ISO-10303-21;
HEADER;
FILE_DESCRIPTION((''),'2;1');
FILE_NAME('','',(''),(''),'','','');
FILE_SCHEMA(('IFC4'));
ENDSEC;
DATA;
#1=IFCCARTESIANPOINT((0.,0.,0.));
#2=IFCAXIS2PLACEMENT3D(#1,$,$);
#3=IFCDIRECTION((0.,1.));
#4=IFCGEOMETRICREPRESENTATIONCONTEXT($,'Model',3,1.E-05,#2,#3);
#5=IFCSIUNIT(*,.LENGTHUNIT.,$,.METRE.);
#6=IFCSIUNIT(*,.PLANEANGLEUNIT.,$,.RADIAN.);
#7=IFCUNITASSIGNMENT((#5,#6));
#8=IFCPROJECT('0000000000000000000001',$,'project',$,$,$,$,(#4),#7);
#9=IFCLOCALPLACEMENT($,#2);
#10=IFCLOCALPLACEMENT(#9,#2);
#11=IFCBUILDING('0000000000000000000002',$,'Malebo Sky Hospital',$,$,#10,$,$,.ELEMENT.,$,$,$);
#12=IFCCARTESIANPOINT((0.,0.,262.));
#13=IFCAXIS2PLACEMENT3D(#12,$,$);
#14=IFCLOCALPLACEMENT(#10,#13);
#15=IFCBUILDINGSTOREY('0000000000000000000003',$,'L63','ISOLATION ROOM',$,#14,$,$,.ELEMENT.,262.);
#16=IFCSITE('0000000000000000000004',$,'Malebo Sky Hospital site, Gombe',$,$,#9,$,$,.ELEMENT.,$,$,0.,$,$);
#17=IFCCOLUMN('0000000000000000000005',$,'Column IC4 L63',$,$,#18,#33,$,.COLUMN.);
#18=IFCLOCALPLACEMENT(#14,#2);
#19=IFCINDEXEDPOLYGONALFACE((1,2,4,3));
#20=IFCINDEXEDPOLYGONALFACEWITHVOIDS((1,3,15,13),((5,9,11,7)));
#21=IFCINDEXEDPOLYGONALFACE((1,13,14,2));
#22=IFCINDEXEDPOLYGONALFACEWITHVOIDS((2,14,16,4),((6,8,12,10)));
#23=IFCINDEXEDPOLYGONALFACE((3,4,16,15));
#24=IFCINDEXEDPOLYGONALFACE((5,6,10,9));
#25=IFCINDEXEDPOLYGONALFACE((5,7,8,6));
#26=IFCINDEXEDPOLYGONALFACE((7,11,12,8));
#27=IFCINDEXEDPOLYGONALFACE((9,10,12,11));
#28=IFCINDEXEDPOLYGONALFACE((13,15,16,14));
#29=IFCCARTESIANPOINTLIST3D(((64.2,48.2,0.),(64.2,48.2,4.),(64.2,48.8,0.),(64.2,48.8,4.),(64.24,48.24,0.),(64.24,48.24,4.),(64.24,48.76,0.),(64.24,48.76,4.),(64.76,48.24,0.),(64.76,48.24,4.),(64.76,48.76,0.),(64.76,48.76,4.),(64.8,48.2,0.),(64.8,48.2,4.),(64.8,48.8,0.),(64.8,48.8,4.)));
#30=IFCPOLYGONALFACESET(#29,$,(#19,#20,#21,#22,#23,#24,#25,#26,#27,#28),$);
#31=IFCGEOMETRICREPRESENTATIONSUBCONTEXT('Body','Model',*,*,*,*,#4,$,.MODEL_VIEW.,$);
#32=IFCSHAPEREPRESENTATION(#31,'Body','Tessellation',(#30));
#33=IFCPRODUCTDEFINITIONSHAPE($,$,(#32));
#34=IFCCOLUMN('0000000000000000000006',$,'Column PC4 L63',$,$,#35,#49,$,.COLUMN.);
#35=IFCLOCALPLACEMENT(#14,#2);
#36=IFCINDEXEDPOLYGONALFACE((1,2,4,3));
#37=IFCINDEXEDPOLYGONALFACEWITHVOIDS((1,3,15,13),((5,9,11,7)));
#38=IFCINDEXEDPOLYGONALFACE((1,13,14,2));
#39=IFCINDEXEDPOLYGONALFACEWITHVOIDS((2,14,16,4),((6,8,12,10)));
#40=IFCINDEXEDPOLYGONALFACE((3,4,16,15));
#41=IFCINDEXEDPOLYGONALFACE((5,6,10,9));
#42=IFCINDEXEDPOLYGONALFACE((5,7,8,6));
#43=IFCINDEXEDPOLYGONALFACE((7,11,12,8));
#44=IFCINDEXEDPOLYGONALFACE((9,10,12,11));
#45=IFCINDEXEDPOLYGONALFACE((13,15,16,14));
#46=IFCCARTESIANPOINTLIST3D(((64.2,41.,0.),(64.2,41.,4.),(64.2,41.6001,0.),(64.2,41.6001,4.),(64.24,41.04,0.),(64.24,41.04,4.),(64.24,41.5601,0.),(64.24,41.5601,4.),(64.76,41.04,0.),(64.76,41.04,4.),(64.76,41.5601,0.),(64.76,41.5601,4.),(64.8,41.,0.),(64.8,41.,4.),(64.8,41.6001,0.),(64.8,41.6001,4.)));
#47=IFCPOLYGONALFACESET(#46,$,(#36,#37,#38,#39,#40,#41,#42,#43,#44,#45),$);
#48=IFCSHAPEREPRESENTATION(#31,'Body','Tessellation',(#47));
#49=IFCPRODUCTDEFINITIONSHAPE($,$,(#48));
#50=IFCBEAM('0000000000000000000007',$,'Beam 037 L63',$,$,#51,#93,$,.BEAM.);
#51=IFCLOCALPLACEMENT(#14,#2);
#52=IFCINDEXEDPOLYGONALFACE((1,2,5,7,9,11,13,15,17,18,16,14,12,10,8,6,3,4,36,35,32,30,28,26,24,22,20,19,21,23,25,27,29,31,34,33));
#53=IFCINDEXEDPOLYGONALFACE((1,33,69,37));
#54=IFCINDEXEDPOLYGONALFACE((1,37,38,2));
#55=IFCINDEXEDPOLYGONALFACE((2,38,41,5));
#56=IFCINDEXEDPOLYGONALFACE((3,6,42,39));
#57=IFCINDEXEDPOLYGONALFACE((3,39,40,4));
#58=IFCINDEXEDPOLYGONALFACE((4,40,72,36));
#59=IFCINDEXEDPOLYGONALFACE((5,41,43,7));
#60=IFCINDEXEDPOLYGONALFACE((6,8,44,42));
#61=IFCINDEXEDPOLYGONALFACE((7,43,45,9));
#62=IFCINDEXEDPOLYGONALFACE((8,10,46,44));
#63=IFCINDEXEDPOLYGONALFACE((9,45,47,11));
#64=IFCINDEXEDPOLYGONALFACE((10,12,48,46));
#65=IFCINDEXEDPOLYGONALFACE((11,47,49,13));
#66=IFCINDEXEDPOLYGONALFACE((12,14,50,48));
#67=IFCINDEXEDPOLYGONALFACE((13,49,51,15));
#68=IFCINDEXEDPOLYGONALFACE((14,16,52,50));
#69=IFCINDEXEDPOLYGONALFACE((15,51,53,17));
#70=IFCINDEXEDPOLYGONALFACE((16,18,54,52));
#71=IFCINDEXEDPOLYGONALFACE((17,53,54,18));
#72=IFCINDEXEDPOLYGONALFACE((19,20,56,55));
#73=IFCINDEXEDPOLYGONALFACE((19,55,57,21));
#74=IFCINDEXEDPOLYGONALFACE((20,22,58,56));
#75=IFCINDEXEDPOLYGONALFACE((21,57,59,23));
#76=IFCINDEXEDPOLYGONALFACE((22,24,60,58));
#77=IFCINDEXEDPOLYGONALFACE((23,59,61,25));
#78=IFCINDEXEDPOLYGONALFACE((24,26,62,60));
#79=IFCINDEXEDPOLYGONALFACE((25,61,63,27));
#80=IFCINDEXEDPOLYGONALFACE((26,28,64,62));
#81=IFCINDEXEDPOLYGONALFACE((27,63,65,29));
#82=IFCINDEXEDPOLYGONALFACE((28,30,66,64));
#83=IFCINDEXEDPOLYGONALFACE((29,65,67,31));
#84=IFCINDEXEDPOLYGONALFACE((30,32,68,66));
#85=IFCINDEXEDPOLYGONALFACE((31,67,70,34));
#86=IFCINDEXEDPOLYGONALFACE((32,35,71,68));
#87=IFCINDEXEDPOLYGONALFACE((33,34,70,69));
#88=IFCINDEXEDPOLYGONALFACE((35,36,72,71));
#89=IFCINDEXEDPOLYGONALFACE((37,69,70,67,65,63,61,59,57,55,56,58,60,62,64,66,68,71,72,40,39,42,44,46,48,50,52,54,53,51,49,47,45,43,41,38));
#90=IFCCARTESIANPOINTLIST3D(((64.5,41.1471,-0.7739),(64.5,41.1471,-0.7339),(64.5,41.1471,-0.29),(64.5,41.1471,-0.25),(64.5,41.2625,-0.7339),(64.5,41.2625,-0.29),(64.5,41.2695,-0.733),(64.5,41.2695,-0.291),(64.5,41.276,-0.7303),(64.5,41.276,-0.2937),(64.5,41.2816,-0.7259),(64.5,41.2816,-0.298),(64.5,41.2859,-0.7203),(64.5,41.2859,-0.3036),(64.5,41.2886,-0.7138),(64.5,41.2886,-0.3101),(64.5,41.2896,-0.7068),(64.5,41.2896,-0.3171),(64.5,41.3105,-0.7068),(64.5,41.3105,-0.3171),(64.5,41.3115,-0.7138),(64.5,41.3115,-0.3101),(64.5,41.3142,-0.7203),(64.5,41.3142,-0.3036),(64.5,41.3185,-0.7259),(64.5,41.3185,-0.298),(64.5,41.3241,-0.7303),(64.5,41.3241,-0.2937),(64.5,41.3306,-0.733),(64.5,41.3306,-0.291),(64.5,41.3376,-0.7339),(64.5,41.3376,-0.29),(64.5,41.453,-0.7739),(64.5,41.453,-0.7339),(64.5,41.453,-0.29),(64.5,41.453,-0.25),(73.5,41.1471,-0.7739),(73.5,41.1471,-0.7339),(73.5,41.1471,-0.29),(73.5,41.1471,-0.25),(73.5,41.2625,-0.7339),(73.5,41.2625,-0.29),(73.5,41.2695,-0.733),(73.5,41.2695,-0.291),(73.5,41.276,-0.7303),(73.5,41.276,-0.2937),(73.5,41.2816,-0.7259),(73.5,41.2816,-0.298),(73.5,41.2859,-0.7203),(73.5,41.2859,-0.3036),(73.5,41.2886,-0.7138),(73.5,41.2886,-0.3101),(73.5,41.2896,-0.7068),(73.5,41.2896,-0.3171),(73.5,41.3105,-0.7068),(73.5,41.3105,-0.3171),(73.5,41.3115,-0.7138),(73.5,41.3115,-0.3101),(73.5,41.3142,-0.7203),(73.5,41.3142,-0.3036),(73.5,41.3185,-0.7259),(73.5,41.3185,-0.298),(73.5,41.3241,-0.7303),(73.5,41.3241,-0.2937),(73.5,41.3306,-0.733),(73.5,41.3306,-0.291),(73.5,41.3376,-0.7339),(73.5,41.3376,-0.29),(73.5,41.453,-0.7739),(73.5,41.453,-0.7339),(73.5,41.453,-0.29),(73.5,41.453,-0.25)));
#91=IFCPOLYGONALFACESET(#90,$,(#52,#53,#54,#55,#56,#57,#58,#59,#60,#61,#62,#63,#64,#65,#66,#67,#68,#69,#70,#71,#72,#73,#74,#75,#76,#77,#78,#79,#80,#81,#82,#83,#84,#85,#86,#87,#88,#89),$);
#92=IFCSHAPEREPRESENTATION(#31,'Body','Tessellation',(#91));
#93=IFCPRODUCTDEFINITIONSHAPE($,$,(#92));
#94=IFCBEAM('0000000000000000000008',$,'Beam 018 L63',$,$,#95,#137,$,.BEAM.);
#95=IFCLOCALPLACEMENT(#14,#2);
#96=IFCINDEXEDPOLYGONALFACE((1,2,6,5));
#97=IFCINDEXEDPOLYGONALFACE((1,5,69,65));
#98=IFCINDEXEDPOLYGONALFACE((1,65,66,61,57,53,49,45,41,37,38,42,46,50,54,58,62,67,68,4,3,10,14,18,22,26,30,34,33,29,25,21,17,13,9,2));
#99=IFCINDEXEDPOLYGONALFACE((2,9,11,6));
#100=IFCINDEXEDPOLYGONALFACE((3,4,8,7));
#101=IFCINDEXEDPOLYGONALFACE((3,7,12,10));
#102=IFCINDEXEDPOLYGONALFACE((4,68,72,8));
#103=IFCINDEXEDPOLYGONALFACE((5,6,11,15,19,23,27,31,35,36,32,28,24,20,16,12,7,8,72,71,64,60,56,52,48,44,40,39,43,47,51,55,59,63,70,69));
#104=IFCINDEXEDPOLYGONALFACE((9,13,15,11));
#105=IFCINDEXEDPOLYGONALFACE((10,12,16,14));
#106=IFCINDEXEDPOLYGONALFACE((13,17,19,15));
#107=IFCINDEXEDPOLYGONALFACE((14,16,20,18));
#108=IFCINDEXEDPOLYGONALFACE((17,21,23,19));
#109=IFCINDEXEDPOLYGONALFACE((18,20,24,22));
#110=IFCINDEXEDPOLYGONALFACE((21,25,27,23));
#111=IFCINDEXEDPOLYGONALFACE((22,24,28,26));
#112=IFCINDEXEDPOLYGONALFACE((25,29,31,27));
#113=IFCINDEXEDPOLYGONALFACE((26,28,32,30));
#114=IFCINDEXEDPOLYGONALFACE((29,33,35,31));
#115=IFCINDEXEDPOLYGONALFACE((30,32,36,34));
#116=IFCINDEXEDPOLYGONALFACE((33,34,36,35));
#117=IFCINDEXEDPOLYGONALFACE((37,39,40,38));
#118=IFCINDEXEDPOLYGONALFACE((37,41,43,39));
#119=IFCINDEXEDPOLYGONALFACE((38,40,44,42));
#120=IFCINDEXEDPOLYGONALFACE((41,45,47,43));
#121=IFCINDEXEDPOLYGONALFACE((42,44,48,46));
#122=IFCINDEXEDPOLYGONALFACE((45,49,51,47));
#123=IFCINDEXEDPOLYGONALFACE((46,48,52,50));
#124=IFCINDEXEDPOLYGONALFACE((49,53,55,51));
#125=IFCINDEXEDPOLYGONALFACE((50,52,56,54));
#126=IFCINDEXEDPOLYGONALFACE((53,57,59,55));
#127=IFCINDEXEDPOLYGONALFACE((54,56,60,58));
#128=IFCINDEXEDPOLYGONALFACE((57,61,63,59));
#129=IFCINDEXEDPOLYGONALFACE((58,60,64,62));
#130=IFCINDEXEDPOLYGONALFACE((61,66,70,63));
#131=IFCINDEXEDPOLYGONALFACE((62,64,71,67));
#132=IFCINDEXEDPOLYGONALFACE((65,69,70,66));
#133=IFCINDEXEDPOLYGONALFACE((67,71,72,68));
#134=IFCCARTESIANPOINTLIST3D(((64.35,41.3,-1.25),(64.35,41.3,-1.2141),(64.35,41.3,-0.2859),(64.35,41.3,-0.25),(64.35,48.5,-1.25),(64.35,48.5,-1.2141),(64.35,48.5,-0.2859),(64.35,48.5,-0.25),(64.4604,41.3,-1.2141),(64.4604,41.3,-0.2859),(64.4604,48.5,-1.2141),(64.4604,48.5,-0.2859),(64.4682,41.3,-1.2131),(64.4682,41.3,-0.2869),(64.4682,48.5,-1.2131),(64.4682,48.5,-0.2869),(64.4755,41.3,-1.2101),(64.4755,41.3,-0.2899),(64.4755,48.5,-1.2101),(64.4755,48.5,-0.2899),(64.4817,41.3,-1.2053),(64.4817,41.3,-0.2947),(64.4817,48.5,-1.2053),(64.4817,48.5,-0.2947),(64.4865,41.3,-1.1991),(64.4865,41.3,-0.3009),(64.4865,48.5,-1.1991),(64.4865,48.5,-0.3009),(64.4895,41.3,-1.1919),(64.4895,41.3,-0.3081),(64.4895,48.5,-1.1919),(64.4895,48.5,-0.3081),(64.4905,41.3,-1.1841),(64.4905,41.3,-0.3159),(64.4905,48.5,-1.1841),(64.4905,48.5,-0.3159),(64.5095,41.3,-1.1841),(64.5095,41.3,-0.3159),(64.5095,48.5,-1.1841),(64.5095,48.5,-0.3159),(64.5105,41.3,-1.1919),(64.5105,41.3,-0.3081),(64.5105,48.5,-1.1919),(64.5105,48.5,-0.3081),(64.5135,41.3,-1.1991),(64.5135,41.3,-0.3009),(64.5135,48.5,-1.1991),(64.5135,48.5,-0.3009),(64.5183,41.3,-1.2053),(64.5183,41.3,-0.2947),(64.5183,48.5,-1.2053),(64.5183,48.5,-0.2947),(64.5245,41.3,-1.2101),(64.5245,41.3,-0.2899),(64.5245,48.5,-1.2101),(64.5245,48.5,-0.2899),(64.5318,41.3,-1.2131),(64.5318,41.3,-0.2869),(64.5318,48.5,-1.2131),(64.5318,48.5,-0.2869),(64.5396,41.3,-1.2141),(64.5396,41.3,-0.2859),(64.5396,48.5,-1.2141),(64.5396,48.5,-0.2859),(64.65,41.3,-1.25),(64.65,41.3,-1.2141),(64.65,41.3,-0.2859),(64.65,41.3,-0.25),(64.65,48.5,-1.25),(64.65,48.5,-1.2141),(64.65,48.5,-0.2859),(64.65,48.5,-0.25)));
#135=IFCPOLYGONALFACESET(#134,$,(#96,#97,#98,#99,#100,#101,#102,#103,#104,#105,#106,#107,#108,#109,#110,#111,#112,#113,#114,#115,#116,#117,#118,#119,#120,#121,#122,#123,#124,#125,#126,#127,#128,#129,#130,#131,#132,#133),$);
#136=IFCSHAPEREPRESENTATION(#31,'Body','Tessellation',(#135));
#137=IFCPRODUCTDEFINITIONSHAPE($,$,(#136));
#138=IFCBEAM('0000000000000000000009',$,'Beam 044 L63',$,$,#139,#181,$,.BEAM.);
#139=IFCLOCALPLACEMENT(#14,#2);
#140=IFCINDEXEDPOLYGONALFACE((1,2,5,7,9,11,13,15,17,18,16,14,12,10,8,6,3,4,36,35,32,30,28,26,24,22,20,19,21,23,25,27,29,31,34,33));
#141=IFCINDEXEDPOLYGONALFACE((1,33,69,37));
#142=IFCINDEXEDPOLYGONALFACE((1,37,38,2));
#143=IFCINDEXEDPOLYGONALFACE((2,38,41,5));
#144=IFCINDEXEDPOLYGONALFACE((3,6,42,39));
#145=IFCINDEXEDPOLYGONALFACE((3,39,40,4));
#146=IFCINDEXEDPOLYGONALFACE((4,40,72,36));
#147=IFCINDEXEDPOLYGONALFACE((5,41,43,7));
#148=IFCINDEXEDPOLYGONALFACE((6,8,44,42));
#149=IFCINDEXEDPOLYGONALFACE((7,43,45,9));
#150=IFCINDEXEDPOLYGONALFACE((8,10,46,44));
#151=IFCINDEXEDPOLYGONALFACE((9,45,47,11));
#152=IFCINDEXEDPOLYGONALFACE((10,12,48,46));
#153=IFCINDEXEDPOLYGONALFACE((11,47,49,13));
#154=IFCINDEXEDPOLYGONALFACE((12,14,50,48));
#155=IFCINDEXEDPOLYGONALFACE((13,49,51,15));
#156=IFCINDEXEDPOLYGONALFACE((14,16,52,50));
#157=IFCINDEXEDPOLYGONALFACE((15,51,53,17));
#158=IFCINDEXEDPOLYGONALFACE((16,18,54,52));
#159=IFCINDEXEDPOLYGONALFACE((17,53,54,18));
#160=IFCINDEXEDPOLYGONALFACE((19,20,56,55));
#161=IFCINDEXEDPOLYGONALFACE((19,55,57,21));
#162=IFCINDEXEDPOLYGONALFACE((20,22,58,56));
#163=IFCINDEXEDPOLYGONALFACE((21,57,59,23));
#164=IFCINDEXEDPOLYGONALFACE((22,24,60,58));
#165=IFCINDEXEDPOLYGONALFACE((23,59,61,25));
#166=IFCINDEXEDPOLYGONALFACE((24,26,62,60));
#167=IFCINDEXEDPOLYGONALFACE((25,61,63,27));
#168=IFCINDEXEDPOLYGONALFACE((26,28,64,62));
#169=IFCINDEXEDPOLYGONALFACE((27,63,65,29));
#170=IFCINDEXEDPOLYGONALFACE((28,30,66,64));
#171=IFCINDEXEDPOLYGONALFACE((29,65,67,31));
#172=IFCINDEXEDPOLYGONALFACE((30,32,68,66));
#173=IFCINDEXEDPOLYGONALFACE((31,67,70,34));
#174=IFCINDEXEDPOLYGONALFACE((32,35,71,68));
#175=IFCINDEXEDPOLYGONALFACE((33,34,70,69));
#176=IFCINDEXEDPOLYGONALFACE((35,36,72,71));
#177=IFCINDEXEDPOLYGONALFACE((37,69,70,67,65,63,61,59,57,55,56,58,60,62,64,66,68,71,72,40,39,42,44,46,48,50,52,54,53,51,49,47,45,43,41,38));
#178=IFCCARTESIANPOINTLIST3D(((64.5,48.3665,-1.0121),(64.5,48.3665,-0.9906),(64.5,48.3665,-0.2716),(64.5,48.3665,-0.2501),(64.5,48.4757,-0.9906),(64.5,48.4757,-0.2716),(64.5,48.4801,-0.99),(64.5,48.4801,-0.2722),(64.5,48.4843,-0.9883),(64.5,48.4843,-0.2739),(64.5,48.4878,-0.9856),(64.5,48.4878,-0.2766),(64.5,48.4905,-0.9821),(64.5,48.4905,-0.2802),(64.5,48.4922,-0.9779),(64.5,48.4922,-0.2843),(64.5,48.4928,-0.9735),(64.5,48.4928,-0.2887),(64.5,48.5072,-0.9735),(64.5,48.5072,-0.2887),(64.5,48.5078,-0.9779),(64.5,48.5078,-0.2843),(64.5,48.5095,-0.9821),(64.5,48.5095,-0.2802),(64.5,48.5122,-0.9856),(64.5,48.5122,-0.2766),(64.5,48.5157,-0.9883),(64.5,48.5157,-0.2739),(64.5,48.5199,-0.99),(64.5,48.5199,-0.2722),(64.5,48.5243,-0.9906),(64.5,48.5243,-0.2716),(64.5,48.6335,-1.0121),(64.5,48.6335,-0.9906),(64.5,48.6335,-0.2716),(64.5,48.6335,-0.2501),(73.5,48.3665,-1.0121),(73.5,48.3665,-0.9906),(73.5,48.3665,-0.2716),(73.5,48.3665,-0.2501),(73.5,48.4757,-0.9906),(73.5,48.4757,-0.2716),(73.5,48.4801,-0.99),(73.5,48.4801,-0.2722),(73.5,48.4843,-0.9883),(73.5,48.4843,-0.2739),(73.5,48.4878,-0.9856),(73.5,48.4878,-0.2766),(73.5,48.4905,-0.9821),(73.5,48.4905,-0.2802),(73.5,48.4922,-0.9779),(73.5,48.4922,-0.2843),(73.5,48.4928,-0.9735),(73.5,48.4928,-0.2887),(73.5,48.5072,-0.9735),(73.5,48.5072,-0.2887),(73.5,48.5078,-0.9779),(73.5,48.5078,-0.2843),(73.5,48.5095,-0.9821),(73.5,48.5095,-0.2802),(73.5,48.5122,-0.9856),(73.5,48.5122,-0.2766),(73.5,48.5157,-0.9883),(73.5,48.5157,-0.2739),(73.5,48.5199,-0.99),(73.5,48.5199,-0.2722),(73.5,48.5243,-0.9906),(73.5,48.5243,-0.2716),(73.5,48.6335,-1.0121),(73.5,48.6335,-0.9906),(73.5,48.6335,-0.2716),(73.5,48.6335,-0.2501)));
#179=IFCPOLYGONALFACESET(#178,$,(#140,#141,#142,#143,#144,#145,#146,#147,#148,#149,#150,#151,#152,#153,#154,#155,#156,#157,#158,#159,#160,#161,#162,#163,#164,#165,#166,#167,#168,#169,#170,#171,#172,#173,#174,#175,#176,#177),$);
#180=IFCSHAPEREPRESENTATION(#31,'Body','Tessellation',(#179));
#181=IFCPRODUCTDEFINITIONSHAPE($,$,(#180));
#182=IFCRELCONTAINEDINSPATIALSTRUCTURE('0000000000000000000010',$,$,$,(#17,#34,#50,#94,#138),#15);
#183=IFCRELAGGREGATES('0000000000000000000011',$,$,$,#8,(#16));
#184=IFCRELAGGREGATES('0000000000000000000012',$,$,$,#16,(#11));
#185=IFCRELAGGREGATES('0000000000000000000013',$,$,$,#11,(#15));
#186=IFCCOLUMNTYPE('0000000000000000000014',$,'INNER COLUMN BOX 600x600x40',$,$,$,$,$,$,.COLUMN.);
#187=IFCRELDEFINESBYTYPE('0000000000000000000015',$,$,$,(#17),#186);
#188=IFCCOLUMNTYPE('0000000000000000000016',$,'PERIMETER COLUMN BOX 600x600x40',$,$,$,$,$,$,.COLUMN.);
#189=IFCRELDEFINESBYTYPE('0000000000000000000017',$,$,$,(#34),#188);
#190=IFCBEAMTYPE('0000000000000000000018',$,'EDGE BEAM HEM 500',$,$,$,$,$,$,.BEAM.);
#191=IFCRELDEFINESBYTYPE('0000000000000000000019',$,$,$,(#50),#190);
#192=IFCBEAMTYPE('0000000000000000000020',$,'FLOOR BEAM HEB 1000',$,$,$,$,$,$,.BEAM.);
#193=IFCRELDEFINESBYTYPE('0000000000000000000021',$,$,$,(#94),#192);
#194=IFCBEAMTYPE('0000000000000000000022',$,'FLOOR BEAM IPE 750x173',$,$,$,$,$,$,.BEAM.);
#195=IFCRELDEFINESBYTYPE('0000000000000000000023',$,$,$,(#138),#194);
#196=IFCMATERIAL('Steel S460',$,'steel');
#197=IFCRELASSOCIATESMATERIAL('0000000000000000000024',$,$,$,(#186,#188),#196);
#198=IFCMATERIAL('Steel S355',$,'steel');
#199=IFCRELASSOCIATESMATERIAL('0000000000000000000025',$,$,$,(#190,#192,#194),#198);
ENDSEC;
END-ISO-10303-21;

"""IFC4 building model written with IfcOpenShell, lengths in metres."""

from ifc_helpers import new_model, si_unit, direction, frame, origin, origin_2d, place, context, subcontext, project, spatial, hollow_rectangle, i_section, extrude, material, material_profile, profile_set, type_object, element, save


model = new_model("IFC4")

# Units and contexts
model_context = context("Model", 3, precision=1e-05, world=origin(), true_north=direction((0.0, 1.0)))
body_context = subcontext(model_context, "Body", "Model", "MODEL_VIEW")
ifc_project = project(units=[si_unit("LENGTHUNIT", "METRE"), si_unit("PLANEANGLEUNIT", "RADIAN")], contexts=[model_context])

# Site, building, storey
site_placement = place(None, origin())
site = spatial("IfcSite", under=ifc_project, at=site_placement, Name="Malebo Sky Hospital site, Gombe", CompositionType="ELEMENT", RefElevation=0.0)
building_placement = place(site_placement, origin())
building = spatial("IfcBuilding", under=site, at=building_placement, Name="Malebo Sky Hospital", CompositionType="ELEMENT")
storey_placement = place(building_placement, frame((0.0, 0.0, 262.0)))
storey = spatial("IfcBuildingStorey", under=building, at=storey_placement, Name="L63", Description="ISOLATION ROOM", CompositionType="ELEMENT", Elevation=262.0)

# Columns
ifc_material_1 = material(Name="Steel S460", Category="steel")
ifc_material_profile_1 = material_profile(ifc_material_1, hollow_rectangle(XDim=0.6001, YDim=0.6001, WallThickness=0.04, at=origin_2d()), Name="BOX 600x600x40")
ifc_profile_set_1 = profile_set([ifc_material_profile_1], Name="Steel S460")
column_type_1 = type_object("IfcColumnType", Name="INNER COLUMN BOX 600x600x40", PredefinedType="COLUMN", material=ifc_profile_set_1)
column_1_placement = place(storey_placement, frame((64.5, 48.5, 0.0), z_axis=(0.0, 0.0, 1.0), x_axis=(1.0, 0.0, 0.0)))
element("IfcColumn", 1, at=column_1_placement, inside=storey, type_object=column_type_1, Name="Column IC4 L63", PredefinedType="COLUMN", context=body_context, shape_type="SweptSolid", body=[
    extrude(hollow_rectangle(XDim=0.6001, YDim=0.6001, WallThickness=0.04, at=origin_2d()), origin(), (0.0, 0.0, 1.0), 4.0),
])
ifc_material_profile_2 = material_profile(ifc_material_1, hollow_rectangle(XDim=0.6001, YDim=0.6001, WallThickness=0.04, at=origin_2d()), Name="BOX 600x600x40")
ifc_profile_set_2 = profile_set([ifc_material_profile_2], Name="Steel S460")
column_type_2 = type_object("IfcColumnType", Name="PERIMETER COLUMN BOX 600x600x40", PredefinedType="COLUMN", material=ifc_profile_set_2)
column_2_placement = place(storey_placement, frame((64.5, 41.3, 0.0), z_axis=(0.0, 0.0, 1.0), x_axis=(1.0, 0.0, 0.0)))
element("IfcColumn", 2, at=column_2_placement, inside=storey, type_object=column_type_2, Name="Column PC4 L63", PredefinedType="COLUMN", context=body_context, shape_type="SweptSolid", body=[
    extrude(hollow_rectangle(XDim=0.6001, YDim=0.6001, WallThickness=0.04, at=origin_2d()), origin(), (0.0, 0.0, 1.0), 4.0),
])

# Beams
ifc_material_2 = material(Name="Steel S355", Category="steel")
ifc_material_profile_3 = material_profile(ifc_material_2, i_section(OverallWidth=0.3059, OverallDepth=0.5239, WebThickness=0.021, FlangeThickness=0.04, FilletRadius=0.0271, at=origin_2d()), Name="HEM 500")
ifc_profile_set_3 = profile_set([ifc_material_profile_3], Name="Steel S355")
beam_type_1 = type_object("IfcBeamType", Name="EDGE BEAM HEM 500", PredefinedType="BEAM", material=ifc_profile_set_3)
beam_1_placement = place(storey_placement, frame((64.5, 41.3, -0.512), z_axis=(1.0, 0.0, 0.0), x_axis=(0.0, 1.0, 0.0)))
element("IfcBeam", 3, at=beam_1_placement, inside=storey, type_object=beam_type_1, Name="Beam 037 L63", PredefinedType="BEAM", context=body_context, shape_type="SweptSolid", body=[
    extrude(i_section(OverallWidth=0.3059, OverallDepth=0.5239, WebThickness=0.021, FlangeThickness=0.04, FilletRadius=0.0271, at=origin_2d()), origin(), (0.0, 0.0, 1.0), 9.0),
])
ifc_material_profile_4 = material_profile(ifc_material_2, i_section(OverallWidth=0.3, OverallDepth=1.0, WebThickness=0.019, FlangeThickness=0.0359, FilletRadius=0.03, at=origin_2d()), Name="HEB 1000")
ifc_profile_set_4 = profile_set([ifc_material_profile_4], Name="Steel S355")
beam_type_2 = type_object("IfcBeamType", Name="FLOOR BEAM HEB 1000", PredefinedType="BEAM", material=ifc_profile_set_4)
beam_2_placement = place(storey_placement, frame((64.5, 41.3, -0.75), z_axis=(0.0, 1.0, 0.0), x_axis=(-1.0, 0.0, 0.0)))
element("IfcBeam", 4, at=beam_2_placement, inside=storey, type_object=beam_type_2, Name="Beam 018 L63", PredefinedType="BEAM", context=body_context, shape_type="SweptSolid", body=[
    extrude(i_section(OverallWidth=0.3, OverallDepth=1.0, WebThickness=0.019, FlangeThickness=0.0359, FilletRadius=0.03, at=origin_2d()), origin(), (0.0, 0.0, 1.0), 7.2),
])
ifc_material_profile_5 = material_profile(ifc_material_2, i_section(OverallWidth=0.2671, OverallDepth=0.762, WebThickness=0.0144, FlangeThickness=0.0215, FilletRadius=0.0171, at=origin_2d()), Name="IPE 750x173")
ifc_profile_set_5 = profile_set([ifc_material_profile_5], Name="Steel S355")
beam_type_3 = type_object("IfcBeamType", Name="FLOOR BEAM IPE 750x173", PredefinedType="BEAM", material=ifc_profile_set_5)
beam_3_placement = place(storey_placement, frame((64.5, 48.5, -0.6311), z_axis=(1.0, 0.0, 0.0), x_axis=(0.0, 1.0, 0.0)))
element("IfcBeam", 5, at=beam_3_placement, inside=storey, type_object=beam_type_3, Name="Beam 044 L63", PredefinedType="BEAM", context=body_context, shape_type="SweptSolid", body=[
    extrude(i_section(OverallWidth=0.2671, OverallDepth=0.762, WebThickness=0.0144, FlangeThickness=0.0215, FilletRadius=0.0171, at=origin_2d()), origin(), (0.0, 0.0, 1.0), 9.0),
])

save(model, "model.ifc")
